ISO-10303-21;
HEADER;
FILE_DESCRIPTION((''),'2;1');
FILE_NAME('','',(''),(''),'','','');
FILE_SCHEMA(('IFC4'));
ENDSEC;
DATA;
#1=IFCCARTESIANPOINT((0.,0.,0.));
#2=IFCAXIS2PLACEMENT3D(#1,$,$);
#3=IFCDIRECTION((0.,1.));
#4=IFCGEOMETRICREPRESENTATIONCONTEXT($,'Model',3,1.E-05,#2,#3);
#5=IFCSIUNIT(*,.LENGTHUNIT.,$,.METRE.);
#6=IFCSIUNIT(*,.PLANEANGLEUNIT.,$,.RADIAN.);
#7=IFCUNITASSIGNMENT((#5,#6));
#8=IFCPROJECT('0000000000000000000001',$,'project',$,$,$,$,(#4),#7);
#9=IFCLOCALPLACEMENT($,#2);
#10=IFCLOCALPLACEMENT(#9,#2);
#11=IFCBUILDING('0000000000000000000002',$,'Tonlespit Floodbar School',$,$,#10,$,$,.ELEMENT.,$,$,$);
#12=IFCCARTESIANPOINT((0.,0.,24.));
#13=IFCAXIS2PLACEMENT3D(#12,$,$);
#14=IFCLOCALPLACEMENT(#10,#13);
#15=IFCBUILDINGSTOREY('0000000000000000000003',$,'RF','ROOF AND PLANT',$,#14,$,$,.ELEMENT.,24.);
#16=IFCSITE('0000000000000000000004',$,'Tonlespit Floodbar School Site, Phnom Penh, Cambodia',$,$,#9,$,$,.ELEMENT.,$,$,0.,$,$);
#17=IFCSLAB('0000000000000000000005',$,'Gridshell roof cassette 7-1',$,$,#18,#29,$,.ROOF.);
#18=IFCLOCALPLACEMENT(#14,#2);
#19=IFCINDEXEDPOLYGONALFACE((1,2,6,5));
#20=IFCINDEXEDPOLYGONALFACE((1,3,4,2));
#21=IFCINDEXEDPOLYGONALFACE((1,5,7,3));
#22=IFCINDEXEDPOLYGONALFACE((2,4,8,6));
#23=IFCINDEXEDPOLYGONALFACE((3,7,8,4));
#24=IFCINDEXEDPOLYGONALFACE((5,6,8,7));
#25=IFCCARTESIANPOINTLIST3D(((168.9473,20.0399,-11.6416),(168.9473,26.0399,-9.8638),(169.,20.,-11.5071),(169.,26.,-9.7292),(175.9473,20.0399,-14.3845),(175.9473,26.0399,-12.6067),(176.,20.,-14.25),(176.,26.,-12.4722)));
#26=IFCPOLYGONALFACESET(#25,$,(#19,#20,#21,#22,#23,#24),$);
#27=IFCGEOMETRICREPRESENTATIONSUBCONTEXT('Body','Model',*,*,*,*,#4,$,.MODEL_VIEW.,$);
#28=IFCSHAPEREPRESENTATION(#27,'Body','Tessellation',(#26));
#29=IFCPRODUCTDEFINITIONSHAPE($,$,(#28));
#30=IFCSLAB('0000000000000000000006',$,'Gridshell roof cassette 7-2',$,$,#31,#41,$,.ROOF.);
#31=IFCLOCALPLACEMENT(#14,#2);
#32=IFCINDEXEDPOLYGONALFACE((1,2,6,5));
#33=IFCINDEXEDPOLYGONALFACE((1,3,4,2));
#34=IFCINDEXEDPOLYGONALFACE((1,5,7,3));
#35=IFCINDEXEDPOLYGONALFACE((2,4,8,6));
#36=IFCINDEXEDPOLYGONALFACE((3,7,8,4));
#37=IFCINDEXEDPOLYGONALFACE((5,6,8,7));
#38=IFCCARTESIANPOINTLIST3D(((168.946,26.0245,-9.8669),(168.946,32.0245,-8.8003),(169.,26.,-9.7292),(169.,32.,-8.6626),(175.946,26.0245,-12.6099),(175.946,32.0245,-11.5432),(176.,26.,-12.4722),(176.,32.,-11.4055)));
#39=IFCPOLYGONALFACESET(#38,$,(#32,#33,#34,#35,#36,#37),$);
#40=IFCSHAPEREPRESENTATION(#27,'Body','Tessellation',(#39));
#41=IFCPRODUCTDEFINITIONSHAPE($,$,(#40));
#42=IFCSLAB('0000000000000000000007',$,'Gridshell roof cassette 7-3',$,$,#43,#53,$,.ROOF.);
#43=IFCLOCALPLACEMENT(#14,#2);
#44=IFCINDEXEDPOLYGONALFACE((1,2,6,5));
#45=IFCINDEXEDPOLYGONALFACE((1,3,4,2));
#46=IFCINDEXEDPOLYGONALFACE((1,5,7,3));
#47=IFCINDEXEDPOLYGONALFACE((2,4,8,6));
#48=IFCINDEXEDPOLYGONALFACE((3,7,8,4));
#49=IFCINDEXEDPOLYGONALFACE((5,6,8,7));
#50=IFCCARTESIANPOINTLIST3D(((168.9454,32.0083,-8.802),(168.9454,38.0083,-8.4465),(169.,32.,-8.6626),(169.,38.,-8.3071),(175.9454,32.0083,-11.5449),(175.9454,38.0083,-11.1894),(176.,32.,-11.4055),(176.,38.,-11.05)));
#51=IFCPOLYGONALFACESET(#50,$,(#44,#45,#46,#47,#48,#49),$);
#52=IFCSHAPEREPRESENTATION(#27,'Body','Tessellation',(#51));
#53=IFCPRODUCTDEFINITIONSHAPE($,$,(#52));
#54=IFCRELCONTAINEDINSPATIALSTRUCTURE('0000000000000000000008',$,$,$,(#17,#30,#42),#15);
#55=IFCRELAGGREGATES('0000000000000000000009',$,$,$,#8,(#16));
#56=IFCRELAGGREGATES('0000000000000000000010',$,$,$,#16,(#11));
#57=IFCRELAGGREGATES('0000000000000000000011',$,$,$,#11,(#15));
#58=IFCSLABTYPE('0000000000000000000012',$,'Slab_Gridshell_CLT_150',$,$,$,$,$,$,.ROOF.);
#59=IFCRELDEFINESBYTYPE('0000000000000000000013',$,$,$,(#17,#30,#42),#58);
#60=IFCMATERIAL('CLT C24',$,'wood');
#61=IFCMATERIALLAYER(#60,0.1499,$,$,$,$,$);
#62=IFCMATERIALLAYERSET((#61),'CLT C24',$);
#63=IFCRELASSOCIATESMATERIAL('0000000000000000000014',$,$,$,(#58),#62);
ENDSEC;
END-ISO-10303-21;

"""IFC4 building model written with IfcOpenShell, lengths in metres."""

from ifc_helpers import new_model, si_unit, direction, frame, origin, place, context, subcontext, project, spatial, polyline, outline, extrude, material, layer, layer_set, type_object, element, save


model = new_model("IFC4")

# Units and contexts
model_context = context("Model", 3, precision=1e-05, world=origin(), true_north=direction((0.0, 1.0)))
body_context = subcontext(model_context, "Body", "Model", "MODEL_VIEW")
ifc_project = project(units=[si_unit("LENGTHUNIT", "METRE"), si_unit("PLANEANGLEUNIT", "RADIAN")], contexts=[model_context])

# Site, building, storey
site_placement = place(None, origin())
site = spatial("IfcSite", under=ifc_project, at=site_placement, Name="Tonlespit Floodbar School Site, Phnom Penh, Cambodia", CompositionType="ELEMENT", RefElevation=0.0)
building_placement = place(site_placement, origin())
building = spatial("IfcBuilding", under=site, at=building_placement, Name="Tonlespit Floodbar School", CompositionType="ELEMENT")
storey_placement = place(building_placement, frame((0.0, 0.0, 24.0)))
storey = spatial("IfcBuildingStorey", under=building, at=storey_placement, Name="RF", Description="ROOF AND PLANT", CompositionType="ELEMENT", Elevation=24.0)

# Slabs
ifc_material_1 = material(Name="CLT C24", Category="wood")
ifc_layer_1 = layer(ifc_material_1, 0.1499)
ifc_layer_set_1 = layer_set([ifc_layer_1], Name="CLT C24")
slab_type = type_object("IfcSlabType", Name="Slab_Gridshell_CLT_150", PredefinedType="ROOF", material=ifc_layer_set_1)
slab_1_placement = place(storey_placement, frame((169.0, 20.0, -11.5071), z_axis=(0.351698, -0.265946, 0.897542), x_axis=(0.931072, 0.0, -0.364836)))
element("IfcSlab", 1, at=slab_1_placement, inside=storey, type_object=slab_type, Name="Gridshell roof cassette 7-1", PredefinedType="ROOF", context=body_context, shape_type="SweptSolid", body=[
    extrude(outline(polyline([(0.0, 0.0), (7.5182, 0.0), (6.8696, 6.2241), (-0.6486, 6.2241), (0.0, 0.0)])), origin(), (0.0, 0.0, -1.0), 0.1499),
])
slab_2_placement = place(storey_placement, frame((169.0, 26.0, -9.7292), z_axis=(0.359939, -0.163299, 0.918573), x_axis=(0.931072, 0.0, -0.364836)))
element("IfcSlab", 2, at=slab_2_placement, inside=storey, type_object=slab_type, Name="Gridshell roof cassette 7-2", PredefinedType="ROOF", context=body_context, shape_type="SweptSolid", body=[
    extrude(outline(polyline([(0.0, 0.0), (7.5182, 0.0), (7.1291, 6.0816), (-0.3892, 6.0816), (0.0, 0.0)])), origin(), (0.0, 0.0, -1.0), 0.1499),
])
slab_3_placement = place(storey_placement, frame((169.0, 32.0, -8.6626), z_axis=(0.364283, -0.055077, 0.929658), x_axis=(0.931072, 0.0, -0.364836)))
element("IfcSlab", 3, at=slab_3_placement, inside=storey, type_object=slab_type, Name="Gridshell roof cassette 7-3", PredefinedType="ROOF", context=body_context, shape_type="SweptSolid", body=[
    extrude(outline(polyline([(0.0, 0.0), (7.5182, 0.0), (7.3885, 6.0091), (-0.1297, 6.0091), (0.0, 0.0)])), origin(), (0.0, 0.0, -1.0), 0.1499),
])

save(model, "model.ifc")
